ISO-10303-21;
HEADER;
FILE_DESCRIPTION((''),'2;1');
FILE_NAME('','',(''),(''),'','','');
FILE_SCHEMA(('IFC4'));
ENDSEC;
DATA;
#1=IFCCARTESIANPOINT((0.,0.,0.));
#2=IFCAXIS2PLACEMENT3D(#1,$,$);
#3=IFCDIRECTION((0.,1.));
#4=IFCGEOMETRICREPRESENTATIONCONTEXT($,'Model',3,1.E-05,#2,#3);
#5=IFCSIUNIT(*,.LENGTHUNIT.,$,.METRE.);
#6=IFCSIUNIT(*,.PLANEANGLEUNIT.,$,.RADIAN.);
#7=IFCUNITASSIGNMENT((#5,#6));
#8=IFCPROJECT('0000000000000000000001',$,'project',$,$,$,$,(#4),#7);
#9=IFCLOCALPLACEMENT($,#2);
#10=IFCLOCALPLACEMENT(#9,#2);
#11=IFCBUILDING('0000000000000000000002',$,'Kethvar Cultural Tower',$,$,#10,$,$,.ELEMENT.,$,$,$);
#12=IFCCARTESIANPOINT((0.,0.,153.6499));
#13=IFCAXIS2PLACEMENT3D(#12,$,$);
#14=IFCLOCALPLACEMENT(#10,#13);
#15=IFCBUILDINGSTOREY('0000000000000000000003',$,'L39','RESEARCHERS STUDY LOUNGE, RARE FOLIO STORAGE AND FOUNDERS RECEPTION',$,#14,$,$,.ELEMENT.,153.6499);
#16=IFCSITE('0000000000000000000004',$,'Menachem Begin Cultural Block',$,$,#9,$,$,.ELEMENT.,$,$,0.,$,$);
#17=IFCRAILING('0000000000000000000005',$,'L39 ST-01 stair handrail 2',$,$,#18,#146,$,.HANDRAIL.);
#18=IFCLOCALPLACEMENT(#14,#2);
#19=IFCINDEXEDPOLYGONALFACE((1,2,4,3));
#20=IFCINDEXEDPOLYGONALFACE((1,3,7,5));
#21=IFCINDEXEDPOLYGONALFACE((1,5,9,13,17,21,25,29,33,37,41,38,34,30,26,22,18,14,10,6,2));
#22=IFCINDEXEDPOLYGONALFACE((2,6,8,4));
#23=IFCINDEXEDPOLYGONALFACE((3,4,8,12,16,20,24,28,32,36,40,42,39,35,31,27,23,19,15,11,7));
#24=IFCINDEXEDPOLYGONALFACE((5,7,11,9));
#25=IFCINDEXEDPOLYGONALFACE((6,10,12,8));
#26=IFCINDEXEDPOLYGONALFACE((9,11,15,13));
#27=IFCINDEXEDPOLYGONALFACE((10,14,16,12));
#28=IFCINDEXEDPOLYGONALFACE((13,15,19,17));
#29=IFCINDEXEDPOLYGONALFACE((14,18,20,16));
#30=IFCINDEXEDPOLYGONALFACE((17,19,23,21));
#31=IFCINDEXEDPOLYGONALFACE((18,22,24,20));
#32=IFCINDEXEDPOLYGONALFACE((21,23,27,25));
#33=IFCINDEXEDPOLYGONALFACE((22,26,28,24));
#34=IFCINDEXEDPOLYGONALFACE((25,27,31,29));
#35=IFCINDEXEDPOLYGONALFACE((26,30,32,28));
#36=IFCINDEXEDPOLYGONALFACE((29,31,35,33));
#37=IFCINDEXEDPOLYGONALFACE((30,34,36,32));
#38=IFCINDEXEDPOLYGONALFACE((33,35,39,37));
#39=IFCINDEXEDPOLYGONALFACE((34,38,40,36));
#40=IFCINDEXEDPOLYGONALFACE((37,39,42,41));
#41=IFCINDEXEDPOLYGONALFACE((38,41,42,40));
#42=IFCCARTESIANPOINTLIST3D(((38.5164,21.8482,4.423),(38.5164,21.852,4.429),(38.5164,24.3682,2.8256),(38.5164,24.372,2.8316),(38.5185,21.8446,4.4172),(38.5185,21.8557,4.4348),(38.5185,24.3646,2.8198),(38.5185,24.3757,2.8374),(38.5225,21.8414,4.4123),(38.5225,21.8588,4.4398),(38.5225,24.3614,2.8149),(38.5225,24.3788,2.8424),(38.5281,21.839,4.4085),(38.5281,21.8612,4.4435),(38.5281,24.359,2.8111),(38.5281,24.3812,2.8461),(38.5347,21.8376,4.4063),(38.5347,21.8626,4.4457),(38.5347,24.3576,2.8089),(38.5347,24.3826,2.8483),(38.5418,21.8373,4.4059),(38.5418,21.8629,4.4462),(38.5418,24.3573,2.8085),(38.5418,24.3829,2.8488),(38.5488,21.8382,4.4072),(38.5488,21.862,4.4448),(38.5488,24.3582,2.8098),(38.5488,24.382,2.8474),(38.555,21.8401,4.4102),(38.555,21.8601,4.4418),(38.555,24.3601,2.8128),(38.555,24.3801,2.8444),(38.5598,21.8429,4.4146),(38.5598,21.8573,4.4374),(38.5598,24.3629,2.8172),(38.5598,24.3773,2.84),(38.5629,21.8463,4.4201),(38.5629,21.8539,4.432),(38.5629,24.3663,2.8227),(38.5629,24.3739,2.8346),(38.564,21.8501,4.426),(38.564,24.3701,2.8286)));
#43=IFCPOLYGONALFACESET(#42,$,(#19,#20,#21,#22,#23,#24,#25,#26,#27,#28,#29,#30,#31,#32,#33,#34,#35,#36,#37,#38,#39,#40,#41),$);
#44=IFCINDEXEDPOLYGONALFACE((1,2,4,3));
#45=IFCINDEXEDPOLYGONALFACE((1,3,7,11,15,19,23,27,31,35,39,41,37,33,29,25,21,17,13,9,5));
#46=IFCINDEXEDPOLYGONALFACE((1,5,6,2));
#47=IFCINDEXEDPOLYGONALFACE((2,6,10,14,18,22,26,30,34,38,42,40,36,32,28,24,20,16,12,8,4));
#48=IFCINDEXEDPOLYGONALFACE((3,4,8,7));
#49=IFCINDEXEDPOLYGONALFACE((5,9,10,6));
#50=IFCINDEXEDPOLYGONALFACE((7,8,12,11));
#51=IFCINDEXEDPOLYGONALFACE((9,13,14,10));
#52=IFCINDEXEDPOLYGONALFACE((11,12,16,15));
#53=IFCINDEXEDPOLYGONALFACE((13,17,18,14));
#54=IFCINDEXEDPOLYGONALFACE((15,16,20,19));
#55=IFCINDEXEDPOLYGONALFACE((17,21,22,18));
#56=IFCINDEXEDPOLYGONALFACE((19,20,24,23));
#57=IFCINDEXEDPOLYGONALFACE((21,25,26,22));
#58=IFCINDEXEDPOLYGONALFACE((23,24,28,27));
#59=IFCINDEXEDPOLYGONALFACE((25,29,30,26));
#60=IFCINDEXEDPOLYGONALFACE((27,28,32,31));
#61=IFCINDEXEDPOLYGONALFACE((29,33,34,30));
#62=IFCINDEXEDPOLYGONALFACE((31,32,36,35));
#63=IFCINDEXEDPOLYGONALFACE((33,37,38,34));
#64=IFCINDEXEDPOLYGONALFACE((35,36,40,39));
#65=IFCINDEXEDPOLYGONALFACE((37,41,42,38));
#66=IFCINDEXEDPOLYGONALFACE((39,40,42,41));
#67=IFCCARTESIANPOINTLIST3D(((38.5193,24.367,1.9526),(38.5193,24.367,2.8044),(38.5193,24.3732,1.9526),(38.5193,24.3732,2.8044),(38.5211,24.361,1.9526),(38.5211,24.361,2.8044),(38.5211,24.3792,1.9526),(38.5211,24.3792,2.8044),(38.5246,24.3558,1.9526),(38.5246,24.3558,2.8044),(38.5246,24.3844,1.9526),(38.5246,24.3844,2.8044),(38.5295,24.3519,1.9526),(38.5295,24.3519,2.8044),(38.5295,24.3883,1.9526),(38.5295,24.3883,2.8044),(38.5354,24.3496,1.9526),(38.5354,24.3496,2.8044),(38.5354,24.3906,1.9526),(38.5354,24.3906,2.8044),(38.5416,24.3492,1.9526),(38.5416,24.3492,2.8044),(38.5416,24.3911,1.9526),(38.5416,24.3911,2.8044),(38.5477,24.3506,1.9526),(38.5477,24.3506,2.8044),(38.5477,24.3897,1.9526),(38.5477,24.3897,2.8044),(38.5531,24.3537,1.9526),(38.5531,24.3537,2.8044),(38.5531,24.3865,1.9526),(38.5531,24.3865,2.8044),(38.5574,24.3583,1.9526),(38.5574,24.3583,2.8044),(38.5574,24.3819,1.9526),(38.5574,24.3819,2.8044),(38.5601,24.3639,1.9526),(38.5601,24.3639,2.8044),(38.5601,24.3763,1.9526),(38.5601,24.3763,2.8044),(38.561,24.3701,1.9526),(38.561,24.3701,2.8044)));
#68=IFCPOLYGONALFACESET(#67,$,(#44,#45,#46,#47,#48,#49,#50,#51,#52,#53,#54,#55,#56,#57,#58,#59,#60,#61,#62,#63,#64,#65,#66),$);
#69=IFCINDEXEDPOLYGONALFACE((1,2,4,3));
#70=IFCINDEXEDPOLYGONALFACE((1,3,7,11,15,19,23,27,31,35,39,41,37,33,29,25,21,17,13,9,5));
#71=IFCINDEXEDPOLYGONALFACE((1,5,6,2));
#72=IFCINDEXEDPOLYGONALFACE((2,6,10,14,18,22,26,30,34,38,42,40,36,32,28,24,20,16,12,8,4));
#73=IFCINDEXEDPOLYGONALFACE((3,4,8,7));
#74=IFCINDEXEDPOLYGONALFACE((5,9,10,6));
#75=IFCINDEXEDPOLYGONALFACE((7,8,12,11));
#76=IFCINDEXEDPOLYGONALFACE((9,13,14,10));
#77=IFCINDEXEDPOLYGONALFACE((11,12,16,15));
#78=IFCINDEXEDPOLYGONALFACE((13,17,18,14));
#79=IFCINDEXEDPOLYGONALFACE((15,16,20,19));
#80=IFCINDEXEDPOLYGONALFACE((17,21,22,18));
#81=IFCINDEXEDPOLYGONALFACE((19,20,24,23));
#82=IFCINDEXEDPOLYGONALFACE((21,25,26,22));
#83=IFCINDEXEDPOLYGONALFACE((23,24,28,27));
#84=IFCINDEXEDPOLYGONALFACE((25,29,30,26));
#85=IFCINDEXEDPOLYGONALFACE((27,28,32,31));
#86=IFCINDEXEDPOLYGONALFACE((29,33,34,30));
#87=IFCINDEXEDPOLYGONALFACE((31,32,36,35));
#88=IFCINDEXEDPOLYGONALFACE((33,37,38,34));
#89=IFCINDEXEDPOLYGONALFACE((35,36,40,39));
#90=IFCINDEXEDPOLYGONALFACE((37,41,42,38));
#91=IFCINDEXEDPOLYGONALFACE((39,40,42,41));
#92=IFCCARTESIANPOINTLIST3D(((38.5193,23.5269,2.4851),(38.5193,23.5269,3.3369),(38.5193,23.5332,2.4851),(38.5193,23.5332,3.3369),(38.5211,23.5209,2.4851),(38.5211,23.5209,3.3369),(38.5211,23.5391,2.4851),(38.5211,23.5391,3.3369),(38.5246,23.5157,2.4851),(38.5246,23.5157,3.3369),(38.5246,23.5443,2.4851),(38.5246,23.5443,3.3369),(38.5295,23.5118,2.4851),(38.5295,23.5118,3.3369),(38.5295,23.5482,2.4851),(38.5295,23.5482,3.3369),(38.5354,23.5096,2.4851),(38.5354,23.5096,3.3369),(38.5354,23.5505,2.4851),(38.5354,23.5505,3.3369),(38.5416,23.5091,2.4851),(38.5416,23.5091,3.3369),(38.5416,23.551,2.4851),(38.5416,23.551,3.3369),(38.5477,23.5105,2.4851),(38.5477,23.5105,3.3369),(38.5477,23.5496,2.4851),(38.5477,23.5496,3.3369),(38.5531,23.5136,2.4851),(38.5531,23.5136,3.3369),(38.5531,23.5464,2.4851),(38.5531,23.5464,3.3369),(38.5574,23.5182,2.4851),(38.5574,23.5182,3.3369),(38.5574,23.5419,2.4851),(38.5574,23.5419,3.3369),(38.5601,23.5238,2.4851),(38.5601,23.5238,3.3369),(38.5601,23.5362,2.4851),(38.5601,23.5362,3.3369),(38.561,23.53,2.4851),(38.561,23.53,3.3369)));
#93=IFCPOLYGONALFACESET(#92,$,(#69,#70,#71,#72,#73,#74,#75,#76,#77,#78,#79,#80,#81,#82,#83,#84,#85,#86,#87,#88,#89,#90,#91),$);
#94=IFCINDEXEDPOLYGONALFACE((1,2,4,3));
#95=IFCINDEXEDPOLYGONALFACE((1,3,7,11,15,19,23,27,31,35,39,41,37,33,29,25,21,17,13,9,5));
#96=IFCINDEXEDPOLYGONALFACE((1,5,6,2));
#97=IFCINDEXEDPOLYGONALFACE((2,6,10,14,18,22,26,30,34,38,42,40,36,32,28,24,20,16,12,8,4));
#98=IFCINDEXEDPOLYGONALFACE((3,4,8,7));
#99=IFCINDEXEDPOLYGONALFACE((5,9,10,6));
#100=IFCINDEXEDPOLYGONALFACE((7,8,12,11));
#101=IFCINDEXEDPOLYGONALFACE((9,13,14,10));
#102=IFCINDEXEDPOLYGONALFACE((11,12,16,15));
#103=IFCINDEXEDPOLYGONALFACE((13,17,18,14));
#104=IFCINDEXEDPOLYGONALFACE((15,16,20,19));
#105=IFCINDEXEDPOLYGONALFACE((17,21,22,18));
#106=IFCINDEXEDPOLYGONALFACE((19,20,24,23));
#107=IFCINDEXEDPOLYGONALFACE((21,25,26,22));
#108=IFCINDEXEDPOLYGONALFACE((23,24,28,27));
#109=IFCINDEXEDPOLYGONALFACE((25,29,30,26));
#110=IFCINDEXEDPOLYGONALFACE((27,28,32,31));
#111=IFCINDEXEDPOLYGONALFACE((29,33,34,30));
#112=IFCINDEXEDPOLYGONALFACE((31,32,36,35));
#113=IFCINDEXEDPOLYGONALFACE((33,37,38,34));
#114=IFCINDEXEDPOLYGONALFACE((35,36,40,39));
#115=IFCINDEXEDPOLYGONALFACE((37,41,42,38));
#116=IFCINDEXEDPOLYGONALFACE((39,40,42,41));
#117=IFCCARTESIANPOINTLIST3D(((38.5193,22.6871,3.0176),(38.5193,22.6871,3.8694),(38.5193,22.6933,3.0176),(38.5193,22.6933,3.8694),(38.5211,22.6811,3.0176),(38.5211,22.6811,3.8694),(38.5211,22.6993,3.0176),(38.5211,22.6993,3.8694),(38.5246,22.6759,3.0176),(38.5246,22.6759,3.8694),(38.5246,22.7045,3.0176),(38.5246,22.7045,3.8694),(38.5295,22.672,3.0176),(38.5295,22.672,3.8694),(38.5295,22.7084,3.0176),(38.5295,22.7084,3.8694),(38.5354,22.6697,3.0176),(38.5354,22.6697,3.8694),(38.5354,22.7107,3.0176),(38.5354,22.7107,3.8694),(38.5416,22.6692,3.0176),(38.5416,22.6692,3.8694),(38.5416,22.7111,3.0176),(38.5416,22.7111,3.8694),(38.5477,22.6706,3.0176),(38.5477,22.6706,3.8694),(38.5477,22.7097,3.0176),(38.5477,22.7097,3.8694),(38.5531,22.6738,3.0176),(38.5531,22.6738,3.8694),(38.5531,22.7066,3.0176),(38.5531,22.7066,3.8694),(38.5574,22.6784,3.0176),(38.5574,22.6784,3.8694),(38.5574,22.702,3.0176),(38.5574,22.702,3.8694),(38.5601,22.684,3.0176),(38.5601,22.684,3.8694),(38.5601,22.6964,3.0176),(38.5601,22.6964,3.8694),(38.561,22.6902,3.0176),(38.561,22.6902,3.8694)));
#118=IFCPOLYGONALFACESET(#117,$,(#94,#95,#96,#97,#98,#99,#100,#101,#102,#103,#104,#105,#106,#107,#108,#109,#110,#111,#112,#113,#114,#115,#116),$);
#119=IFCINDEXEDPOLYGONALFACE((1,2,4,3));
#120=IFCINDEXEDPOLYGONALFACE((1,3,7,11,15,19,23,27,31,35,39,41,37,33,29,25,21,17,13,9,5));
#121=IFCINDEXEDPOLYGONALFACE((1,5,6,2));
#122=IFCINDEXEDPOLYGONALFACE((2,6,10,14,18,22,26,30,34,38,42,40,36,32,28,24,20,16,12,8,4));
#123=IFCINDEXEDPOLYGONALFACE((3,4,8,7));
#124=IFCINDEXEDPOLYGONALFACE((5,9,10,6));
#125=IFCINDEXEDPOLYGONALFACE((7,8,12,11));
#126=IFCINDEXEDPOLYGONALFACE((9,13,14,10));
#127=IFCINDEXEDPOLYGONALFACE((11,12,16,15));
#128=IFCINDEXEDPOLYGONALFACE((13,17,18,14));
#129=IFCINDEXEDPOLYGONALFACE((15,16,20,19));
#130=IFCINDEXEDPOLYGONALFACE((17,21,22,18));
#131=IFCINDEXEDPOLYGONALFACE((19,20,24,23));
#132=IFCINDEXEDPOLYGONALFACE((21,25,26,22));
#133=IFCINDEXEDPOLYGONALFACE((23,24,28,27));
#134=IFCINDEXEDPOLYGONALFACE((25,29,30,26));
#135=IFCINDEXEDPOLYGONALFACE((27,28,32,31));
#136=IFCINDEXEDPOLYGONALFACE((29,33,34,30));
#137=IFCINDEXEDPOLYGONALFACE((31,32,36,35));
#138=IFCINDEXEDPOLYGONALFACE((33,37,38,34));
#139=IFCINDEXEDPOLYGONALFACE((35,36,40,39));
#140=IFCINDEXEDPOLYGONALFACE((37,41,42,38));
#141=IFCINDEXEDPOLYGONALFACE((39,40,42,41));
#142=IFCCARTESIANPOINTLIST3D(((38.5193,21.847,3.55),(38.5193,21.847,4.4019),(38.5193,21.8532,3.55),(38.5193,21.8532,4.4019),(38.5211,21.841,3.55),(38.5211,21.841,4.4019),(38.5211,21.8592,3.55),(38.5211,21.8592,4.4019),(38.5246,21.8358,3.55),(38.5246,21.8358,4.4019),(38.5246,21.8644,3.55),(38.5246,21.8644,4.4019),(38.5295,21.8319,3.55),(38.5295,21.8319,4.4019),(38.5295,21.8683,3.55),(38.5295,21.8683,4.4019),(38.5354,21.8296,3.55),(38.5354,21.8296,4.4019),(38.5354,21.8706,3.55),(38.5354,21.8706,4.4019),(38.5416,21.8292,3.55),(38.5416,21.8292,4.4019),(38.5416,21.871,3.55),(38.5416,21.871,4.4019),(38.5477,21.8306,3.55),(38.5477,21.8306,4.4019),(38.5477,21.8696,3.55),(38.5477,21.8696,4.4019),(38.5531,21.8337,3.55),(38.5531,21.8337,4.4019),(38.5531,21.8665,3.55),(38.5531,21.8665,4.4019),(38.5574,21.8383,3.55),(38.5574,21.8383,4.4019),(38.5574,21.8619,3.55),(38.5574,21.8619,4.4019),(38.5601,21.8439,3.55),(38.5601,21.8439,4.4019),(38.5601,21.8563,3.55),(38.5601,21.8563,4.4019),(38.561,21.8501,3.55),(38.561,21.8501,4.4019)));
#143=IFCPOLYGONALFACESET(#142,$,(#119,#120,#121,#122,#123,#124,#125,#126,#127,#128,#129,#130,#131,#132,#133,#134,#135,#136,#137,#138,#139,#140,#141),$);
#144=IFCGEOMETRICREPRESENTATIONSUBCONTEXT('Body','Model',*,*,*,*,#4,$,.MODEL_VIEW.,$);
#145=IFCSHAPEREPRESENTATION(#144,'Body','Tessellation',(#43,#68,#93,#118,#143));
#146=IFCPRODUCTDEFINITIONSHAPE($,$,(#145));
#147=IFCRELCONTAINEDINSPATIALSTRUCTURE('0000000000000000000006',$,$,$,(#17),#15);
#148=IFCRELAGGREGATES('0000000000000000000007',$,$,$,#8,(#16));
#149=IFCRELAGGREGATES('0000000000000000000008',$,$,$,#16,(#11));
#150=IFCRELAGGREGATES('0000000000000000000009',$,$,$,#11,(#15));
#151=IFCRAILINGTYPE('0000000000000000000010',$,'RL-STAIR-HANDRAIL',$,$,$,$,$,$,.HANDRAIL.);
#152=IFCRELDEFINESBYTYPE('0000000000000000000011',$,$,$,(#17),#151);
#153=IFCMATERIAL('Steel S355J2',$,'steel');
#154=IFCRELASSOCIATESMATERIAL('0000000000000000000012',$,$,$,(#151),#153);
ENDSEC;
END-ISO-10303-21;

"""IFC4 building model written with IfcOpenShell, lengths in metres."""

from ifc_helpers import new_model, si_unit, direction, frame, origin, origin_2d, place, context, subcontext, project, spatial, circle, extrude, material, type_object, element, save


model = new_model("IFC4")

# Units and contexts
model_context = context("Model", 3, precision=1e-05, world=origin(), true_north=direction((0.0, 1.0)))
body_context = subcontext(model_context, "Body", "Model", "MODEL_VIEW")
ifc_project = project(units=[si_unit("LENGTHUNIT", "METRE"), si_unit("PLANEANGLEUNIT", "RADIAN")], contexts=[model_context])

# Site, building, storey
site_placement = place(None, origin())
site = spatial("IfcSite", under=ifc_project, at=site_placement, Name="Menachem Begin Cultural Block", CompositionType="ELEMENT", RefElevation=0.0)
building_placement = place(site_placement, origin())
building = spatial("IfcBuilding", under=site, at=building_placement, Name="Kethvar Cultural Tower", CompositionType="ELEMENT")
storey_placement = place(building_placement, frame((0.0, 0.0, 153.6499)))
storey = spatial("IfcBuildingStorey", under=building, at=storey_placement, Name="L39", Description="RESEARCHERS STUDY LOUNGE, RARE FOLIO STORAGE AND FOUNDERS RECEPTION", CompositionType="ELEMENT", Elevation=153.6499)

# Shared definitions
ifc_material_1 = material(Name="Steel S355J2", Category="steel")

# Railing
railing_type_1 = type_object("IfcRailingType", Name="RL-STAIR-HANDRAIL", PredefinedType="HANDRAIL", material=ifc_material_1)
railing_1_placement = place(storey_placement, frame((38.54, 24.3701, 1.9526)))
element("IfcRailing", 1, at=railing_1_placement, inside=storey, type_object=railing_type_1, Name="L39 ST-01 stair handrail 2", PredefinedType="HANDRAIL", context=body_context, shape_type="SweptSolid", body=[
    extrude(circle(Radius=0.0239, at=origin_2d()), frame((0.0, 0.0, 0.876), z_axis=(0.0, -0.844607, 0.535387), x_axis=(1.0, 0.0, 0.0)), (0.0, 0.0, 1.0), 2.9836),
    extrude(circle(Radius=0.021, at=origin_2d()), origin(), (0.0, 0.0, 1.0), 0.8518),
    extrude(circle(Radius=0.021, at=origin_2d()), frame((0.0, -0.8401, 0.5325)), (0.0, 0.0, 1.0), 0.8518),
    extrude(circle(Radius=0.021, at=origin_2d()), frame((0.0, -1.6799, 1.0649)), (0.0, 0.0, 1.0), 0.8518),
    extrude(circle(Radius=0.021, at=origin_2d()), frame((0.0, -2.52, 1.5974)), (0.0, 0.0, 1.0), 0.8518),
])

save(model, "model.ifc")
